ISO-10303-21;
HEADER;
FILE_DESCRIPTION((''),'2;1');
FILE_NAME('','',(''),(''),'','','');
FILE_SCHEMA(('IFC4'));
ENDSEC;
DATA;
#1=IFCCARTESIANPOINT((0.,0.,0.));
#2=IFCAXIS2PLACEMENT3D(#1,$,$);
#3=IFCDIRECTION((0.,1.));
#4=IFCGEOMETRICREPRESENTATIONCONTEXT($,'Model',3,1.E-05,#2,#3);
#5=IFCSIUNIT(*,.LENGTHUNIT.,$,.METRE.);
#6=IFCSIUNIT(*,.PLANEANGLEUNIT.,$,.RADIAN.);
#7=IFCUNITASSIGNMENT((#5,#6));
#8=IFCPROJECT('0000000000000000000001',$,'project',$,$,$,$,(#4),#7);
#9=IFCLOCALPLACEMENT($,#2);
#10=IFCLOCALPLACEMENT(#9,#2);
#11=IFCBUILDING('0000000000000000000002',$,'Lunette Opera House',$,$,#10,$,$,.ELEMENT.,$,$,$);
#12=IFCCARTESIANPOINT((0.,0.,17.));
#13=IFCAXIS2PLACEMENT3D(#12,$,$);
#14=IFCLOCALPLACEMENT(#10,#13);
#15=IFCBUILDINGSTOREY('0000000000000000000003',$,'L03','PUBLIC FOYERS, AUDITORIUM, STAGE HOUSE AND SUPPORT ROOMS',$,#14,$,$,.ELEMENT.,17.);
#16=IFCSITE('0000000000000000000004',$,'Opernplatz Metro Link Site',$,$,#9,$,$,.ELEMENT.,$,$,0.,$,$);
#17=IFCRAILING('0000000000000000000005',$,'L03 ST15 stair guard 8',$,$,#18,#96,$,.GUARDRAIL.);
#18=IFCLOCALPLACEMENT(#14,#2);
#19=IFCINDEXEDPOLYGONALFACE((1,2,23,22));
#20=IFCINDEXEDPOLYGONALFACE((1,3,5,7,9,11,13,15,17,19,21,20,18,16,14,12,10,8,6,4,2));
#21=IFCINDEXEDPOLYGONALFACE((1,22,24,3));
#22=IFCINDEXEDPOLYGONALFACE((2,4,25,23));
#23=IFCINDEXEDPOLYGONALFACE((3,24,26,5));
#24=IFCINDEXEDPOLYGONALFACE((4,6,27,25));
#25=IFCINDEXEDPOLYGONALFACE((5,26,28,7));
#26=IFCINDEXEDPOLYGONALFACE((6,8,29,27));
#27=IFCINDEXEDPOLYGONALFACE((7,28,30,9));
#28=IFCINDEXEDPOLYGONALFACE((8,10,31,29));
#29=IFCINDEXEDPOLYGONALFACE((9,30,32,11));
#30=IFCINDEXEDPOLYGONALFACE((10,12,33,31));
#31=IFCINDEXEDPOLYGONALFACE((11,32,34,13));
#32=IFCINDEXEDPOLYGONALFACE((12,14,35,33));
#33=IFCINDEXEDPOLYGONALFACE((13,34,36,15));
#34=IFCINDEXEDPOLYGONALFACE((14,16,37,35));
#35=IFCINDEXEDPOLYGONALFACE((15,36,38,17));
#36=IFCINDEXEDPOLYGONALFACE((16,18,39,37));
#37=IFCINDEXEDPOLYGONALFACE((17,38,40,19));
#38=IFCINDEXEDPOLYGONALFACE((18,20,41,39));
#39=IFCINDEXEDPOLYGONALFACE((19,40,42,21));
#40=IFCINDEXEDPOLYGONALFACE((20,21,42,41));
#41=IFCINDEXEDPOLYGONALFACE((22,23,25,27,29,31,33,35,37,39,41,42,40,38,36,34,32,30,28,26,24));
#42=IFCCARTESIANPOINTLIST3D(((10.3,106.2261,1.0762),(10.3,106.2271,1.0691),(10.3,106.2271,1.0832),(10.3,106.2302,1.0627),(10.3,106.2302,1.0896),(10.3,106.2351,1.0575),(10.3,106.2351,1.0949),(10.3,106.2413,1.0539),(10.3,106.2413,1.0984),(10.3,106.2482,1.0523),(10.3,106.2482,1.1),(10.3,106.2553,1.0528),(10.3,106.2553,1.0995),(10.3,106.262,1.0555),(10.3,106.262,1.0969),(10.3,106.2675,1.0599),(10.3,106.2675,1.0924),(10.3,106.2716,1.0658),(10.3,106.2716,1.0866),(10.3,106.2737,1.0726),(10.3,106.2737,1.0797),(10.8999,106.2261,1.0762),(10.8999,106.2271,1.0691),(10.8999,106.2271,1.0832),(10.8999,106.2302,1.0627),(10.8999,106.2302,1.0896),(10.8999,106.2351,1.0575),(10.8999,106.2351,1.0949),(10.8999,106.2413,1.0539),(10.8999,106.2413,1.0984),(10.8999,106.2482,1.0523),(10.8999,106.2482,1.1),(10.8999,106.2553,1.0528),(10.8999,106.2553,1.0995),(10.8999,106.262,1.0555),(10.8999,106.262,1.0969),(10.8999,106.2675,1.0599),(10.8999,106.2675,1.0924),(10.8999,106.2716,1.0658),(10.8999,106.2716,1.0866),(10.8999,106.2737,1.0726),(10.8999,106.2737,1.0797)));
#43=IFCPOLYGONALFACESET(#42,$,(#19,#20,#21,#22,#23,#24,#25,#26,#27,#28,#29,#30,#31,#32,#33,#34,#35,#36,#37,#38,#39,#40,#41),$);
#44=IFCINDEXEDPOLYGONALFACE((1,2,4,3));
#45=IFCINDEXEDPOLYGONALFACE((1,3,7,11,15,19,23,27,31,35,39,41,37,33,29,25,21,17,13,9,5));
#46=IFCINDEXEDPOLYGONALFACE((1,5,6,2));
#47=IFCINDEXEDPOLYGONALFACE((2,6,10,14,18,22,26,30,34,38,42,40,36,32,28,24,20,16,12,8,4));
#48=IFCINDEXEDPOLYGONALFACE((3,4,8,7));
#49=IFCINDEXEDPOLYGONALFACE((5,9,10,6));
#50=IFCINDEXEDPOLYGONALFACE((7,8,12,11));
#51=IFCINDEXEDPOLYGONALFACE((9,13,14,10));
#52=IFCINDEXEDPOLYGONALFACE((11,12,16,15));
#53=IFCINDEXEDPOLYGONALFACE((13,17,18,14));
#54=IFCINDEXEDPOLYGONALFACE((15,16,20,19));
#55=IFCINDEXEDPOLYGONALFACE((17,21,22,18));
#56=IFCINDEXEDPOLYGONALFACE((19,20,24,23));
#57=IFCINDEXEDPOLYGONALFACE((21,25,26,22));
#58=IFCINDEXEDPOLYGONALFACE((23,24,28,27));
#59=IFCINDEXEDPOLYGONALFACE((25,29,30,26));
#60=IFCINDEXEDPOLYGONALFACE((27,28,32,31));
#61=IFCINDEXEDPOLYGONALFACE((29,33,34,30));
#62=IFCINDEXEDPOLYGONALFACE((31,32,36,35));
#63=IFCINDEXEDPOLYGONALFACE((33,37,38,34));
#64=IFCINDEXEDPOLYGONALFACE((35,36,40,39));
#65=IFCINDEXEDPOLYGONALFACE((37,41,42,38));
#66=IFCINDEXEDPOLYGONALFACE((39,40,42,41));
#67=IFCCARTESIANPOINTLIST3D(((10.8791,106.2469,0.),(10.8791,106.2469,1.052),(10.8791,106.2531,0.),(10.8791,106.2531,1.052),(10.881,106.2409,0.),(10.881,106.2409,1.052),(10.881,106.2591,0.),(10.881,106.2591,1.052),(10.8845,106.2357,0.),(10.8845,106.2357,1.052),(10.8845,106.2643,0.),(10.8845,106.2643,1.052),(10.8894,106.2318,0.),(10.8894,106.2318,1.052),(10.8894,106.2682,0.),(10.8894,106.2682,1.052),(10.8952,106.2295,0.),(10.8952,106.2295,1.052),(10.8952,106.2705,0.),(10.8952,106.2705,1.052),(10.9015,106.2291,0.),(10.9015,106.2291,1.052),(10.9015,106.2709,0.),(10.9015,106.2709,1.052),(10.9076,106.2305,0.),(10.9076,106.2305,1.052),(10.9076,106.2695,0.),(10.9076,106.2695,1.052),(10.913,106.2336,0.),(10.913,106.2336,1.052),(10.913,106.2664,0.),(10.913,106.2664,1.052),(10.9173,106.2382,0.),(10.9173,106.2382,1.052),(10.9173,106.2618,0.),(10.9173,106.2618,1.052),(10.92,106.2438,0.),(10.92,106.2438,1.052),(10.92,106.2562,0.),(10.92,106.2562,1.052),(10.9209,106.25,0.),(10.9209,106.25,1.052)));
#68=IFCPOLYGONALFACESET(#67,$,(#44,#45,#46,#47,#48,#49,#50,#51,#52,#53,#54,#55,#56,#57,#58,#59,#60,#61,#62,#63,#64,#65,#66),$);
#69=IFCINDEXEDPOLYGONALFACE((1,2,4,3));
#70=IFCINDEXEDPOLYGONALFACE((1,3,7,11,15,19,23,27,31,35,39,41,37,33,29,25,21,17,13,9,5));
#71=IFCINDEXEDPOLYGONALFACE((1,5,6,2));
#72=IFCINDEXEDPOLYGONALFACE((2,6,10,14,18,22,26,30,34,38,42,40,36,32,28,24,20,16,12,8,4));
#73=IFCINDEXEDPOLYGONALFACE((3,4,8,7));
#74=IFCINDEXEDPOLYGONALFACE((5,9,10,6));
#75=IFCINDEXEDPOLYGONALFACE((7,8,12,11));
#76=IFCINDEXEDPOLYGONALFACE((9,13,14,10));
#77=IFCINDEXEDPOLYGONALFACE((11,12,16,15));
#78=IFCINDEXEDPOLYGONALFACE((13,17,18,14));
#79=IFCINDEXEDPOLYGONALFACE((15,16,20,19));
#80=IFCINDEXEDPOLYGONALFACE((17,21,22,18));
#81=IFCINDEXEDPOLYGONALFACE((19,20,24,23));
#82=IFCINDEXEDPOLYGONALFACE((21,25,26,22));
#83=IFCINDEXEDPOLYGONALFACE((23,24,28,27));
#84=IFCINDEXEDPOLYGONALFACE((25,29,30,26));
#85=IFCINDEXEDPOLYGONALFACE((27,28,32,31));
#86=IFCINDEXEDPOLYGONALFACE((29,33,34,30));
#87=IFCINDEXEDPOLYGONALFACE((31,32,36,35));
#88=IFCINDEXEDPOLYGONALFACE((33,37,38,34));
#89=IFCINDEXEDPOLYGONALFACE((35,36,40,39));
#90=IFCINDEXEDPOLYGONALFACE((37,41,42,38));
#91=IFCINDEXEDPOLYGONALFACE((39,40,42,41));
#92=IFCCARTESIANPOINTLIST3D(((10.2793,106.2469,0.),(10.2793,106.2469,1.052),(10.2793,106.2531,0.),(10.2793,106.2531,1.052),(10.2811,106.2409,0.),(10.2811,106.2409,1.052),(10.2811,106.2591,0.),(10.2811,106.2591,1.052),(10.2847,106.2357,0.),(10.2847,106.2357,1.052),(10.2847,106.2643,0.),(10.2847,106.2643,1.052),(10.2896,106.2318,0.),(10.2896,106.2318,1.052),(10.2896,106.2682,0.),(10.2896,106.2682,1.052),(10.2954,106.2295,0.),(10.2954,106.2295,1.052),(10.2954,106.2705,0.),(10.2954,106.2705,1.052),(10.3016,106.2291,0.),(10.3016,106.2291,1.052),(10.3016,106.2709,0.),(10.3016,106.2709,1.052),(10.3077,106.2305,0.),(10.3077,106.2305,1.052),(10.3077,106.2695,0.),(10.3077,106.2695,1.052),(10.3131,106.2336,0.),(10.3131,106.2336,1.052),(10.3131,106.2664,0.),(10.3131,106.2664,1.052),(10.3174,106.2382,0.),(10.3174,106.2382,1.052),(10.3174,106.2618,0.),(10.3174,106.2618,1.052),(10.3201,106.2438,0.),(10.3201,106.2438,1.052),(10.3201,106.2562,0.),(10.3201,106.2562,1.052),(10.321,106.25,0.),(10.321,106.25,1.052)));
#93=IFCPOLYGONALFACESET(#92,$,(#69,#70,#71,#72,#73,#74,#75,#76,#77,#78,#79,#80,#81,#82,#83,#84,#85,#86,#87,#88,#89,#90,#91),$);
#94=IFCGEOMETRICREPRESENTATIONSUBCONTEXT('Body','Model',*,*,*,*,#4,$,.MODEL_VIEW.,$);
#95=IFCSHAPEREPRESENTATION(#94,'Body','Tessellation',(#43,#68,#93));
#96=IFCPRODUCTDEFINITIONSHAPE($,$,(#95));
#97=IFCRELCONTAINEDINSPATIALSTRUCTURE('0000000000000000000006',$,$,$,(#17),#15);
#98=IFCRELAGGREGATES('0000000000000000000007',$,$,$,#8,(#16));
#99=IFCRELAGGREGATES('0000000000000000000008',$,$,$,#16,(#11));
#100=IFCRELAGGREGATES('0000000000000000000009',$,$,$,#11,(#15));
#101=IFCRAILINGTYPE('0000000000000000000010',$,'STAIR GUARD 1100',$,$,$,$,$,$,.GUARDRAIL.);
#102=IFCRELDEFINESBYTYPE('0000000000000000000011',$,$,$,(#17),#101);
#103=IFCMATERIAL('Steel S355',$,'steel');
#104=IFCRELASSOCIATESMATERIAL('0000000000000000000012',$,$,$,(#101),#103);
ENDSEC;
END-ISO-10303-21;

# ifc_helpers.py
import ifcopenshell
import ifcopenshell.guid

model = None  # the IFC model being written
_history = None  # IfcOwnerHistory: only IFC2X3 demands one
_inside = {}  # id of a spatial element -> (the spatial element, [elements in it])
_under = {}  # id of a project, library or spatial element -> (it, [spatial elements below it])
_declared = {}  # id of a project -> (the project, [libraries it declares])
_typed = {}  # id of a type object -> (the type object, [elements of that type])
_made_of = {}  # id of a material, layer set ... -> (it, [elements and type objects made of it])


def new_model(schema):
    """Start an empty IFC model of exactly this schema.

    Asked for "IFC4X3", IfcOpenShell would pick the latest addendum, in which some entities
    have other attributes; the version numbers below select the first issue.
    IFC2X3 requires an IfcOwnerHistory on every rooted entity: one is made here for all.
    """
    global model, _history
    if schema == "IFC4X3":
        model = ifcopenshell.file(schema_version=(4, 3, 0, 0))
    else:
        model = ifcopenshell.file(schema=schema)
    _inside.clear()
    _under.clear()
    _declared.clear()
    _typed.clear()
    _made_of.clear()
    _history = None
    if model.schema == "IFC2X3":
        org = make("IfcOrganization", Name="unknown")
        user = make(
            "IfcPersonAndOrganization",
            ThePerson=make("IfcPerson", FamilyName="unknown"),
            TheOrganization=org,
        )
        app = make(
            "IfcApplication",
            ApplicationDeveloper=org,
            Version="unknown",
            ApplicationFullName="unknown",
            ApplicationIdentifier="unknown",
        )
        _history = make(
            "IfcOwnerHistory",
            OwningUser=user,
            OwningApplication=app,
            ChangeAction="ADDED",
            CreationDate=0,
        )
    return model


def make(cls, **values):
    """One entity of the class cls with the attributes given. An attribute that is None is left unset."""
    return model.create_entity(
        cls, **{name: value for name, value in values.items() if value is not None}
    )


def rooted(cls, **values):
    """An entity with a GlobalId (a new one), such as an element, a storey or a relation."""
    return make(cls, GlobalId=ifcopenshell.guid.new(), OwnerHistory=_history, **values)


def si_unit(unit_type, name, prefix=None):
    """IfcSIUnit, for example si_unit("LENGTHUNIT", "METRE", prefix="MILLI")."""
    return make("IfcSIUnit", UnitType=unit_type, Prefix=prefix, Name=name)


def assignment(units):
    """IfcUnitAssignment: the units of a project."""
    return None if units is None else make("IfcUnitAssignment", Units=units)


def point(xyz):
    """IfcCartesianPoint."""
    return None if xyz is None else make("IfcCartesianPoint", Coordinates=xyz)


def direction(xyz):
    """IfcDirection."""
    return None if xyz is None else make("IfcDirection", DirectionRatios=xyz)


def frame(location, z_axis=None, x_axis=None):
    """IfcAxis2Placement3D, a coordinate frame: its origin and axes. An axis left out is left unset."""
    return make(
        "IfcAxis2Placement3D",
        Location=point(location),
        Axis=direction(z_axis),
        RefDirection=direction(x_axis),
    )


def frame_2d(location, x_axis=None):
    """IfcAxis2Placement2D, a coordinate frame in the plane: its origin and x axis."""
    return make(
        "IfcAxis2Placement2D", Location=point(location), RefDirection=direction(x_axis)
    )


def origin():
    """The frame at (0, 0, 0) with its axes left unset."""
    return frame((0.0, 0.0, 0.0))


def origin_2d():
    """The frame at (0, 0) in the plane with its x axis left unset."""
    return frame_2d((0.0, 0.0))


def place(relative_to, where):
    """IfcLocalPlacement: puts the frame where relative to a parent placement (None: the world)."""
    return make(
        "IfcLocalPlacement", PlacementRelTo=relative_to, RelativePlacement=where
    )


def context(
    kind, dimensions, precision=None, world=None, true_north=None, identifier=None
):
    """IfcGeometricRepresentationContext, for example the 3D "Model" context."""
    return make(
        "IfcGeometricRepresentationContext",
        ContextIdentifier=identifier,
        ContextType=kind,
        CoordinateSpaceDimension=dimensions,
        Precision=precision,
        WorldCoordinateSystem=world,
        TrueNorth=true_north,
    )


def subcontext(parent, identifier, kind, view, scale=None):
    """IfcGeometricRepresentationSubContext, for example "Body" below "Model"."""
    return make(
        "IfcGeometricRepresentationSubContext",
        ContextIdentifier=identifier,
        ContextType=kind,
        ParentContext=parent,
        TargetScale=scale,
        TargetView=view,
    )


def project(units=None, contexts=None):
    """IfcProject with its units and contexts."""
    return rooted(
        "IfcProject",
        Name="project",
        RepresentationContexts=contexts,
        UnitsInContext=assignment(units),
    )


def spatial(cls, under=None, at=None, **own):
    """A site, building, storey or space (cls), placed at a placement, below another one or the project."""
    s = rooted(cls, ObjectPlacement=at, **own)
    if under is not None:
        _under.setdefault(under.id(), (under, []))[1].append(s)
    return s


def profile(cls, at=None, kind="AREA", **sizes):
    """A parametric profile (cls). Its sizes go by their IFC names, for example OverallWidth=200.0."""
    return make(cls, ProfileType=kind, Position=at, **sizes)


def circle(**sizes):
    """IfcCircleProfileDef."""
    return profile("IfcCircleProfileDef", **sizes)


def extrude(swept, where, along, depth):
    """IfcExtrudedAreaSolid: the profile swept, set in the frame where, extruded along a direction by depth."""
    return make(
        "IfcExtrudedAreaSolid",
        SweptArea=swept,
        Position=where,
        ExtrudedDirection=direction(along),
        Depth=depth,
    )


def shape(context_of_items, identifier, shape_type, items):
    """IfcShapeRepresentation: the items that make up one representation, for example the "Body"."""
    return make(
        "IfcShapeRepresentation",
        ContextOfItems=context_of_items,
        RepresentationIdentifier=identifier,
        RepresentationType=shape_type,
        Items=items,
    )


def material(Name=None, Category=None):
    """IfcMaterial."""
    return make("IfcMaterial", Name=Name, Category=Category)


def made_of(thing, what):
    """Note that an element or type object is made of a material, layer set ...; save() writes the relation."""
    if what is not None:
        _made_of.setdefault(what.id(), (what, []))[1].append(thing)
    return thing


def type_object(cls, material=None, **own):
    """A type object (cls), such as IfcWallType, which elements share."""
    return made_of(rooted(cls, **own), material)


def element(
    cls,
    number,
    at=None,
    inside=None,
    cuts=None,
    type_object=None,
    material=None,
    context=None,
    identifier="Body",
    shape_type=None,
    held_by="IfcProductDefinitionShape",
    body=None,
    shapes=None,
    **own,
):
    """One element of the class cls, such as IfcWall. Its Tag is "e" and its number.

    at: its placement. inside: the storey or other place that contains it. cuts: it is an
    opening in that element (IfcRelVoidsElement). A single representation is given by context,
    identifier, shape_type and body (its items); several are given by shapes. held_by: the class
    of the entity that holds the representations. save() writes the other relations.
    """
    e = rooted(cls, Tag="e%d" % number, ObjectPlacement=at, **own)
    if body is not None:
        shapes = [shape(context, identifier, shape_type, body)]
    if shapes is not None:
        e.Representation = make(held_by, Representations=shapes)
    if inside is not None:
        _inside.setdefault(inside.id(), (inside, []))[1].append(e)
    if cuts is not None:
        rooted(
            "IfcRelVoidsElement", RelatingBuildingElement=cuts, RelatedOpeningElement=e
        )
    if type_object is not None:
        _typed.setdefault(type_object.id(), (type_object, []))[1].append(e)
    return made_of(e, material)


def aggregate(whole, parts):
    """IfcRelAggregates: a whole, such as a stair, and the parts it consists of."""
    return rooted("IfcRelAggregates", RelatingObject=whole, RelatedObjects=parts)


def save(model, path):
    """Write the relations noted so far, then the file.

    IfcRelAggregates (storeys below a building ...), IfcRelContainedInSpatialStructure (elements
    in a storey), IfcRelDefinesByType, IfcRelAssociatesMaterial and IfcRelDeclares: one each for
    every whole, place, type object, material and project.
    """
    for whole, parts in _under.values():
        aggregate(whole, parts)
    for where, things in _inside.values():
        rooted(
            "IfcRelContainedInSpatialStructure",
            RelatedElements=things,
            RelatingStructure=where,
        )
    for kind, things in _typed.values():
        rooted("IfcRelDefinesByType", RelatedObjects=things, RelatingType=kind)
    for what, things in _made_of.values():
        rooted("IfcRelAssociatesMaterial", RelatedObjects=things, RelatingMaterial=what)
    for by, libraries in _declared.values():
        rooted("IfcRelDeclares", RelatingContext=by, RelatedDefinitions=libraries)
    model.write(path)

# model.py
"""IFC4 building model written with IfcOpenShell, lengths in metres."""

from ifc_helpers import new_model, si_unit, direction, frame, origin, origin_2d, place, context, subcontext, project, spatial, circle, extrude, material, type_object, element, save


model = new_model("IFC4")

# Units and contexts
model_context = context("Model", 3, precision=1e-05, world=origin(), true_north=direction((0.0, 1.0)))
body_context = subcontext(model_context, "Body", "Model", "MODEL_VIEW")
ifc_project = project(units=[si_unit("LENGTHUNIT", "METRE"), si_unit("PLANEANGLEUNIT", "RADIAN")], contexts=[model_context])

# Site, building, storey
site_placement = place(None, origin())
site = spatial("IfcSite", under=ifc_project, at=site_placement, Name="Opernplatz Metro Link Site", CompositionType="ELEMENT", RefElevation=0.0)
building_placement = place(site_placement, origin())
building = spatial("IfcBuilding", under=site, at=building_placement, Name="Lunette Opera House", CompositionType="ELEMENT")
storey_placement = place(building_placement, frame((0.0, 0.0, 17.0)))
storey = spatial("IfcBuildingStorey", under=building, at=storey_placement, Name="L03", Description="PUBLIC FOYERS, AUDITORIUM, STAGE HOUSE AND SUPPORT ROOMS", CompositionType="ELEMENT", Elevation=17.0)

# Railing
ifc_material_1 = material(Name="Steel S355", Category="steel")
railing_type_1 = type_object("IfcRailingType", Name="STAIR GUARD 1100", PredefinedType="GUARDRAIL", material=ifc_material_1)
railing_1_placement = place(storey_placement, frame((10.8999, 106.25, 0.0)))
element("IfcRailing", 1, at=railing_1_placement, inside=storey, type_object=railing_type_1, Name="L03 ST15 stair guard 8", PredefinedType="GUARDRAIL", context=body_context, shape_type="SweptSolid", body=[
    extrude(circle(Radius=0.0239, at=origin_2d()), frame((0.0, 0.0, 1.0762), z_axis=(-1.0, 0.0, 0.0), x_axis=(0.0, -1.0, 0.0)), (0.0, 0.0, 1.0), 0.5999),
    extrude(circle(Radius=0.021, at=origin_2d()), origin(), (0.0, 0.0, 1.0), 1.052),
    extrude(circle(Radius=0.021, at=origin_2d()), frame((-0.5999, 0.0, 0.0)), (0.0, 0.0, 1.0), 1.052),
])

save(model, "model.ifc")
